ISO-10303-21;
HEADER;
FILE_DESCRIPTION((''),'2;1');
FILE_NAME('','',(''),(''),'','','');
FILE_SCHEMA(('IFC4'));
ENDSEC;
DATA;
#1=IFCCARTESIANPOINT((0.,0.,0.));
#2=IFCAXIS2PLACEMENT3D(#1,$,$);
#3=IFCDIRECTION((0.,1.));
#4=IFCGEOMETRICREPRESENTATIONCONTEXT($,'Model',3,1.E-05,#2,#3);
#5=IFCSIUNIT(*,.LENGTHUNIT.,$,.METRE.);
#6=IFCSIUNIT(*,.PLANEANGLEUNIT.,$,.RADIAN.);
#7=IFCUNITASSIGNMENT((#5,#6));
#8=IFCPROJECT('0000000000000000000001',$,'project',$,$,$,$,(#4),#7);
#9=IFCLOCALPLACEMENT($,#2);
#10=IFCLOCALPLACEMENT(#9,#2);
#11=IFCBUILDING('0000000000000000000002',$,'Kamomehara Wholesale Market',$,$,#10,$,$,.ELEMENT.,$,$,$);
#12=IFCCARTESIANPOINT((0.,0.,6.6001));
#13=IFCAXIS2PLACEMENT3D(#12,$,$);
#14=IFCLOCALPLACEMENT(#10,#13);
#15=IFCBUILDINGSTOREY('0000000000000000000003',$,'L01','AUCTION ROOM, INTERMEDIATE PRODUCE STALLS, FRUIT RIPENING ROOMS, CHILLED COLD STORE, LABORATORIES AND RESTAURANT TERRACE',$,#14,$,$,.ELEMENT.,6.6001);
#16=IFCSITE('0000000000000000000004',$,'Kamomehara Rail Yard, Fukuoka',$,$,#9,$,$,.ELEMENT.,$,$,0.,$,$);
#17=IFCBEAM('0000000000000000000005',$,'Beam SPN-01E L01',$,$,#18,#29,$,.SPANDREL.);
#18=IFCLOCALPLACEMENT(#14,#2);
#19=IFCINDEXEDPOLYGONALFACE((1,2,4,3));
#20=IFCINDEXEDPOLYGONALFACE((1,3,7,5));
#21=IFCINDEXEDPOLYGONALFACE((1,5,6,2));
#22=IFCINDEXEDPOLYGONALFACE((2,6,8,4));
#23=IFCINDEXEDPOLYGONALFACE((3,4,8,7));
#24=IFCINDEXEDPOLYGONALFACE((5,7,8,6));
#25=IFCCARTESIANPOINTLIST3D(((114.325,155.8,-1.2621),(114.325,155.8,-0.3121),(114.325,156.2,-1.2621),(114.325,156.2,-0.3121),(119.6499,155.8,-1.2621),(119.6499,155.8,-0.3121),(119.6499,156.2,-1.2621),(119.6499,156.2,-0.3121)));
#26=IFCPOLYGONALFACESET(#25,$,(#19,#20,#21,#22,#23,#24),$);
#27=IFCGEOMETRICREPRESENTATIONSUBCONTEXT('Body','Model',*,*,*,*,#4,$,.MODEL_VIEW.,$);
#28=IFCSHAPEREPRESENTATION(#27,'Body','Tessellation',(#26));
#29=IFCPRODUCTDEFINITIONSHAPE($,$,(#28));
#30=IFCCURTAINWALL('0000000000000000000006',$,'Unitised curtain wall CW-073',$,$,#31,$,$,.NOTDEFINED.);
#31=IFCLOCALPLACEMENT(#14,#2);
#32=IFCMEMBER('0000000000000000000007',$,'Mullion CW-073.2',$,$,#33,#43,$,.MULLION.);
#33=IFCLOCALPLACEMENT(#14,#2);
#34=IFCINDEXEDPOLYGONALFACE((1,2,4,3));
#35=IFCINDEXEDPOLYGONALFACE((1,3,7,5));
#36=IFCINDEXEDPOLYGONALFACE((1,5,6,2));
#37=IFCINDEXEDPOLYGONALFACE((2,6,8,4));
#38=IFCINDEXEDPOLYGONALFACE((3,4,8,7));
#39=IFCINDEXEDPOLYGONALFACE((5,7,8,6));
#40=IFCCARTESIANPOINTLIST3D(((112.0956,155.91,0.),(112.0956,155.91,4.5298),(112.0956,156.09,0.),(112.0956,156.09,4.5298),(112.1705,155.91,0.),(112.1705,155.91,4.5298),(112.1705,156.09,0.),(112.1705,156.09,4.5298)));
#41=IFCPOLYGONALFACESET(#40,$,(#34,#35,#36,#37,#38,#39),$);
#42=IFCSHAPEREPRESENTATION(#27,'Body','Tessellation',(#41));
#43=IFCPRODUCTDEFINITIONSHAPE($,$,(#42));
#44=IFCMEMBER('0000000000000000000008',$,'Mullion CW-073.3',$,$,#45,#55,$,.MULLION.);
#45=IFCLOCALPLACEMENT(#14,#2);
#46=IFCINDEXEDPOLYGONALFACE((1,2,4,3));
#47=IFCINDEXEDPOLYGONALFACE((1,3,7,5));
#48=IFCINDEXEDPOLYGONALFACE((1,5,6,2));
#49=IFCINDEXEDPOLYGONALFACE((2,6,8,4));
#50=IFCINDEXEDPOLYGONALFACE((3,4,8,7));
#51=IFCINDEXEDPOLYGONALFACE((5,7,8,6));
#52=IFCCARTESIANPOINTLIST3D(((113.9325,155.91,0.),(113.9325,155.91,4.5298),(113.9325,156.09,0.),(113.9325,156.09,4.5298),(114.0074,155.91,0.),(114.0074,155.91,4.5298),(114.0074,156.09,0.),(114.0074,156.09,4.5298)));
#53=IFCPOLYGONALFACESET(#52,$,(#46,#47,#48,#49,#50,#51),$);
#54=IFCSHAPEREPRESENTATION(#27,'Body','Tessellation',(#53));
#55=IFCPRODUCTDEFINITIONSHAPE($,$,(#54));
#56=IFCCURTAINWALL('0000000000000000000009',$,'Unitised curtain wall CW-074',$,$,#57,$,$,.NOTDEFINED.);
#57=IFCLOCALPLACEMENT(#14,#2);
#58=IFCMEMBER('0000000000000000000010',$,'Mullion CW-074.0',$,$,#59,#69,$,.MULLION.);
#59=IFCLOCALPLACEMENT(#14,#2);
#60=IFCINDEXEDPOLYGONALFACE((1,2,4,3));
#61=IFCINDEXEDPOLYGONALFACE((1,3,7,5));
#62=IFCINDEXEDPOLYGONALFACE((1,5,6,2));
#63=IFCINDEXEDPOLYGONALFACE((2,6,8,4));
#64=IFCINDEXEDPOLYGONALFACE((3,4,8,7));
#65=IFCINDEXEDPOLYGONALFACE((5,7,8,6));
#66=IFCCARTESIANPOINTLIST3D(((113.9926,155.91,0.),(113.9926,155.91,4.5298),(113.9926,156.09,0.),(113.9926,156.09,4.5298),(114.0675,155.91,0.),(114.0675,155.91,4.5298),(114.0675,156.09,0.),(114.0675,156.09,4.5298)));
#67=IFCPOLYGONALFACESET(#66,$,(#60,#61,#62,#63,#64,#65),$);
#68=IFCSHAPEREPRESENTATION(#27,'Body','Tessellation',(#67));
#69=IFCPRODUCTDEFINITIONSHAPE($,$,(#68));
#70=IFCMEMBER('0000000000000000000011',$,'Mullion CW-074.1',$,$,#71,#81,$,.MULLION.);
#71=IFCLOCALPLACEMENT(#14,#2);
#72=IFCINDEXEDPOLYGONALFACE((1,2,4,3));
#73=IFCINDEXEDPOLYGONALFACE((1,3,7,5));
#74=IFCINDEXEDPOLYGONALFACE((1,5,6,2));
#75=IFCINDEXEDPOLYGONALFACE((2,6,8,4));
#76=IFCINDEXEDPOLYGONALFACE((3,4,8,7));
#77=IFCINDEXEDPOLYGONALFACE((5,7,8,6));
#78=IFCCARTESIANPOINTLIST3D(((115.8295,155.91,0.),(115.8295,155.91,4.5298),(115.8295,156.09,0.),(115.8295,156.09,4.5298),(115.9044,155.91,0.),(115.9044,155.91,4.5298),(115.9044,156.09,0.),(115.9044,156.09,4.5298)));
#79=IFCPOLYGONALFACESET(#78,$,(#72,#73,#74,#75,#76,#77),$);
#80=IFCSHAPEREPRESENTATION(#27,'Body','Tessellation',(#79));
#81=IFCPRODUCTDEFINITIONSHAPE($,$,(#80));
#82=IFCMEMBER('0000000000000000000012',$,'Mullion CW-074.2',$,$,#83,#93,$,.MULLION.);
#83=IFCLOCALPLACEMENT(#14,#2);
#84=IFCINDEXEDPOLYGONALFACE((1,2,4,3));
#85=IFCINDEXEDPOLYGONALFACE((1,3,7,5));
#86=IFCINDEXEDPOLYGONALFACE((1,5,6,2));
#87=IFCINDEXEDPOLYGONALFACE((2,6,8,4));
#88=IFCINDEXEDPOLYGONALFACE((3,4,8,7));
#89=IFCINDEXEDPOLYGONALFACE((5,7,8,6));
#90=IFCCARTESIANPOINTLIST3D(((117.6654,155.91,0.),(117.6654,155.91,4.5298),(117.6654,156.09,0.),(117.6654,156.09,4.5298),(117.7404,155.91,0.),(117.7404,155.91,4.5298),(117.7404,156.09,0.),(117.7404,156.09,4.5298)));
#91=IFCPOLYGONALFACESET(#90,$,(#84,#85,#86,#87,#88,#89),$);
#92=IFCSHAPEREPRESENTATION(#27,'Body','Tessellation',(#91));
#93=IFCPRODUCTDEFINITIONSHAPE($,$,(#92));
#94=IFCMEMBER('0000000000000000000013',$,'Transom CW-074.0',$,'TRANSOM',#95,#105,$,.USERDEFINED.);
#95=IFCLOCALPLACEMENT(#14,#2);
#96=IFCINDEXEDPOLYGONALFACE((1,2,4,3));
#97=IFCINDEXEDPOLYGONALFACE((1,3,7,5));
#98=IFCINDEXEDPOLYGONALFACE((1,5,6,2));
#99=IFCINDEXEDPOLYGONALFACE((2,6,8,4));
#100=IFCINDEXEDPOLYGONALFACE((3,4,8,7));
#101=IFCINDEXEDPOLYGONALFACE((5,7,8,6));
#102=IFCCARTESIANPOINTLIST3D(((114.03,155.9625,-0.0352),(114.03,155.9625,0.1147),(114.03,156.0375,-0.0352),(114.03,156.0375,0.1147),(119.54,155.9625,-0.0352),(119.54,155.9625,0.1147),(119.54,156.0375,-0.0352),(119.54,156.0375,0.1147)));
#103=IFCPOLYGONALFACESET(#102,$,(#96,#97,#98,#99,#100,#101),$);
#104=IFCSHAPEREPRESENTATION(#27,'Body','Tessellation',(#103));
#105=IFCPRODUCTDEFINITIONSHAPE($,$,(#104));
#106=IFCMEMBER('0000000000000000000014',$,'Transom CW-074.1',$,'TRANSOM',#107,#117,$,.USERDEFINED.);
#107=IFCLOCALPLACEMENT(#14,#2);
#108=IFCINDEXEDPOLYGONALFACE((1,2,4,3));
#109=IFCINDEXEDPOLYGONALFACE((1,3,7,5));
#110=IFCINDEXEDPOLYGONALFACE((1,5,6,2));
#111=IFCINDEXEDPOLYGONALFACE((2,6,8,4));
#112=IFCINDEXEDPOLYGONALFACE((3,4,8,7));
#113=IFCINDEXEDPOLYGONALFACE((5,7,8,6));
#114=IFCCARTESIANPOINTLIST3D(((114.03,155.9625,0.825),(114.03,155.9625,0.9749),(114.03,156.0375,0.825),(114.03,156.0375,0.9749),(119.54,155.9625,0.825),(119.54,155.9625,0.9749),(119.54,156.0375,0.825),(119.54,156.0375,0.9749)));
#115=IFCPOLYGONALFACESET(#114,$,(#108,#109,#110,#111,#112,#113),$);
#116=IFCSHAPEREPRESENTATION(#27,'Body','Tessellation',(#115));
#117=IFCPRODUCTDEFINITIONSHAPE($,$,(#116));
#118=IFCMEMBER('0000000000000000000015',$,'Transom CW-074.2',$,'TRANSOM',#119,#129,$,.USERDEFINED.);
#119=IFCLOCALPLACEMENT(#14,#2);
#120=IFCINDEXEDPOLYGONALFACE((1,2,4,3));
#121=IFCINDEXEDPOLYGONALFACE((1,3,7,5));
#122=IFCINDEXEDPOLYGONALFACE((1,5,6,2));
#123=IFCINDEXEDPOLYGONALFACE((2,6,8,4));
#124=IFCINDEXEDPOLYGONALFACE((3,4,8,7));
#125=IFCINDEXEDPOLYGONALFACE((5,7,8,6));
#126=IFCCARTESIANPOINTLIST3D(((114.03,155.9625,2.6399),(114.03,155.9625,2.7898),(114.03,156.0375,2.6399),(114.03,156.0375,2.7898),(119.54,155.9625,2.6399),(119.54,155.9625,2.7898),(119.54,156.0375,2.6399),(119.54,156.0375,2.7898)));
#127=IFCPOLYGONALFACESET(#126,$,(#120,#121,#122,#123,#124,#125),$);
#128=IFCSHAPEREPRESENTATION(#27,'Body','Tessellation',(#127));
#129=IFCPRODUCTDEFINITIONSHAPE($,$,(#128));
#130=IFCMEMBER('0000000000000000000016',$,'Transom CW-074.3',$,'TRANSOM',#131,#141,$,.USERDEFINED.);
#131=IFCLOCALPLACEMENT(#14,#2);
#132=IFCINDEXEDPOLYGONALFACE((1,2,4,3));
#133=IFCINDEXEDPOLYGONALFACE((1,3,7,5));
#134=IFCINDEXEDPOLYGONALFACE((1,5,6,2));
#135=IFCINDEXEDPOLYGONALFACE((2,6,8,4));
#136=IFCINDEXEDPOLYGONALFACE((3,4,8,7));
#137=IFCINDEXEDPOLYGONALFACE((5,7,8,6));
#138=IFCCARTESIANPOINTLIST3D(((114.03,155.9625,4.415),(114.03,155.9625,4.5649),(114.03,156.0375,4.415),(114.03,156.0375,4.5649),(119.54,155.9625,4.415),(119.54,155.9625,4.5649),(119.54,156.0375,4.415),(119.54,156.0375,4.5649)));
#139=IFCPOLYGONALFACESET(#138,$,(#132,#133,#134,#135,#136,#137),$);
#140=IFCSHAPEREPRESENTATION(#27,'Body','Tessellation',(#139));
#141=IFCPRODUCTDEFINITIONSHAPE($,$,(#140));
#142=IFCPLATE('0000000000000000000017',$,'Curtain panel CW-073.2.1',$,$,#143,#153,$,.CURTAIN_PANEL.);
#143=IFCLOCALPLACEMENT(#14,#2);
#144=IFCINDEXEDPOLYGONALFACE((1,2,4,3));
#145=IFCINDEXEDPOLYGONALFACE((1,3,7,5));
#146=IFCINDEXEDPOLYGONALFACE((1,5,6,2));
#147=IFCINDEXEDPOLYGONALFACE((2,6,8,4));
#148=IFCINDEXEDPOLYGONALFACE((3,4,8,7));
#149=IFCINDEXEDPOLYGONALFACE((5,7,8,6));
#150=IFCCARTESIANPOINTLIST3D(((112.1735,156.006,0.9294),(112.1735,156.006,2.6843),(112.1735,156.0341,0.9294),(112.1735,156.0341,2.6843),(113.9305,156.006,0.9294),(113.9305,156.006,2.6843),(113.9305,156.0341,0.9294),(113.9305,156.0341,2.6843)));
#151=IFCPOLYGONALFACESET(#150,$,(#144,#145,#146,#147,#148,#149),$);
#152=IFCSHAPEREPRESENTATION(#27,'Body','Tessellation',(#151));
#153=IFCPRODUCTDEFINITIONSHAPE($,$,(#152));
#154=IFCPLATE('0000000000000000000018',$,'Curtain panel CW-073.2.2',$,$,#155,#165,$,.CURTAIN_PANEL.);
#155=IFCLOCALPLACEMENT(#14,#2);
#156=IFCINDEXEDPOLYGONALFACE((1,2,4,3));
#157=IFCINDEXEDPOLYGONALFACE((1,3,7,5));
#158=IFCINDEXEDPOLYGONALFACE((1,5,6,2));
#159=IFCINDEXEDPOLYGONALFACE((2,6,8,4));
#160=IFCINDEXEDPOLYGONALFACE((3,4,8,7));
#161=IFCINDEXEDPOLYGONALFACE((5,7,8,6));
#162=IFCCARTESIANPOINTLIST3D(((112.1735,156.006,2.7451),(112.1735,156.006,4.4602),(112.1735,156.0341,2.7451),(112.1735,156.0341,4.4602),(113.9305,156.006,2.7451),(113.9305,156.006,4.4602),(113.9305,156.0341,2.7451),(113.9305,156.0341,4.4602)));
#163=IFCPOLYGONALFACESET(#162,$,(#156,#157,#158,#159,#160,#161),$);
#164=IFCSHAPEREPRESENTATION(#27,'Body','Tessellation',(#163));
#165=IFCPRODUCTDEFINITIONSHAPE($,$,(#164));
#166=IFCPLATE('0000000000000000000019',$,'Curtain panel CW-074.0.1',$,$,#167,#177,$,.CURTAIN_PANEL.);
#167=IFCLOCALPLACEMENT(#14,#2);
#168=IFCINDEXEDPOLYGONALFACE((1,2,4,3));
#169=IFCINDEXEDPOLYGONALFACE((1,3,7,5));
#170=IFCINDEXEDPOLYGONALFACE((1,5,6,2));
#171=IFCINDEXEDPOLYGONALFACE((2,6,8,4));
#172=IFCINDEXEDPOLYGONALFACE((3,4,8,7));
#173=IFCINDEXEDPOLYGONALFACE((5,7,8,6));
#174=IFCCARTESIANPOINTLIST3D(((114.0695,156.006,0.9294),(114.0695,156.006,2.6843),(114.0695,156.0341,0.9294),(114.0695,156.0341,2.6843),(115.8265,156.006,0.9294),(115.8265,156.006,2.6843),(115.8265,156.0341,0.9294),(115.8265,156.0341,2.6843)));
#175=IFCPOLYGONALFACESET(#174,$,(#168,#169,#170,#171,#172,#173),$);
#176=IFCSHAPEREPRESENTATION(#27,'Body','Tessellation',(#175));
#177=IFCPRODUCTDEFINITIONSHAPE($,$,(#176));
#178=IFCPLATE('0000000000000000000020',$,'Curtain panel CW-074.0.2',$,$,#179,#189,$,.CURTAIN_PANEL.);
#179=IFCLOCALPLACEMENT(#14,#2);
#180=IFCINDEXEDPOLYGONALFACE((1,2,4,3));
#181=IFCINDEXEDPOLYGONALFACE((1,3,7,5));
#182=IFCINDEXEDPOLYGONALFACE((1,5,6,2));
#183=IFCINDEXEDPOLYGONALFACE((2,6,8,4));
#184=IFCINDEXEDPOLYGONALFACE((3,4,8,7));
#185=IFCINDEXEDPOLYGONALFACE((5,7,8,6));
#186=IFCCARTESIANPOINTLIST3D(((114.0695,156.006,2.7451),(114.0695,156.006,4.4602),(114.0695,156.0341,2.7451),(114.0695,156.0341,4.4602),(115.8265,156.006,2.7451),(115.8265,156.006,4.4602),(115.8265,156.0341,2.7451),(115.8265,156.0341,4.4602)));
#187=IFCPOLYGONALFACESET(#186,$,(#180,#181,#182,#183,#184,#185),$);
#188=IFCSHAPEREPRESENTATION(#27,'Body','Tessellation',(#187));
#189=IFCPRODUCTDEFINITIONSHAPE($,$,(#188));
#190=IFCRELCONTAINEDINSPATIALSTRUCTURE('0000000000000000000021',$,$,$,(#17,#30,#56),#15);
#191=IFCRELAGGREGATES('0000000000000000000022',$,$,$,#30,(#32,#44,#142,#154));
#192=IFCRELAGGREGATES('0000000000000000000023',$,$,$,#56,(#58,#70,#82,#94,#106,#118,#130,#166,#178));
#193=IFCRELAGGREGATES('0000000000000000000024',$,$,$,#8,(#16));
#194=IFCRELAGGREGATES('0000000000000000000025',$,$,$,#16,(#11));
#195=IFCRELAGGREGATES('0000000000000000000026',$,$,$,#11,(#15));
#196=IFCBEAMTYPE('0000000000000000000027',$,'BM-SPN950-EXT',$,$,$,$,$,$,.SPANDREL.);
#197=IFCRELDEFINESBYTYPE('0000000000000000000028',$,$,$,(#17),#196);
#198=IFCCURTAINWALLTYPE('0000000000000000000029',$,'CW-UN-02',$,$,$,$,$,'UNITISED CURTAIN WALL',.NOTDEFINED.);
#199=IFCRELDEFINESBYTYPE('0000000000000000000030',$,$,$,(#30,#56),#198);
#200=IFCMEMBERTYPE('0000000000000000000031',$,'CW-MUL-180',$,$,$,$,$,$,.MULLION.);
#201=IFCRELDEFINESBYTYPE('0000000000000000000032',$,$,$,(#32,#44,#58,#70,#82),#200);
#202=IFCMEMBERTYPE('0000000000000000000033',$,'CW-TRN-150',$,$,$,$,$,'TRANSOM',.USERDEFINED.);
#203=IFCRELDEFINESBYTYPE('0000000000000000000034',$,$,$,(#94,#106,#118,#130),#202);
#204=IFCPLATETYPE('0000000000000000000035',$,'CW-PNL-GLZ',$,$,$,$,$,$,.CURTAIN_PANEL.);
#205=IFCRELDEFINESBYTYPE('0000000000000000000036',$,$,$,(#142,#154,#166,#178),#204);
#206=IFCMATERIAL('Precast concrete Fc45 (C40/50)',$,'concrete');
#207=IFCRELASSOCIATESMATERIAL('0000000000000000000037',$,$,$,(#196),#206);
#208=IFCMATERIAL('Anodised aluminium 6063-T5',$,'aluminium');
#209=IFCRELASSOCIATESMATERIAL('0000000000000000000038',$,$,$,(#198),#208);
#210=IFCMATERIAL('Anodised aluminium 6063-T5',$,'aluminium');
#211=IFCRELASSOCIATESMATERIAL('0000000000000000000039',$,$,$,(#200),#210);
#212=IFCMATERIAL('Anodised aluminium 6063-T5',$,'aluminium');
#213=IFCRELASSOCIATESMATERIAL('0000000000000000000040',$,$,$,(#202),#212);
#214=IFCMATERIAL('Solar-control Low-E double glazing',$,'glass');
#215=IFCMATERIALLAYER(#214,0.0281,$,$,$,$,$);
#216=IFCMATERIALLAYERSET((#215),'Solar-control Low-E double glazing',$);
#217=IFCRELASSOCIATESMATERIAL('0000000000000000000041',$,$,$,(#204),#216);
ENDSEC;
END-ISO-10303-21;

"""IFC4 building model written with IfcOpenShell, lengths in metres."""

from ifc_helpers import new_model, si_unit, direction, frame, origin, origin_2d, place, context, subcontext, project, spatial, rectangle, extrude, material, layer, layer_set, material_profile, profile_set, type_object, element, aggregate, save


model = new_model("IFC4")

# Units and contexts
model_context = context("Model", 3, precision=1e-05, world=origin(), true_north=direction((0.0, 1.0)))
body_context = subcontext(model_context, "Body", "Model", "MODEL_VIEW")
ifc_project = project(units=[si_unit("LENGTHUNIT", "METRE"), si_unit("PLANEANGLEUNIT", "RADIAN")], contexts=[model_context])

# Site, building, storey
site_placement = place(None, origin())
site = spatial("IfcSite", under=ifc_project, at=site_placement, Name="Kamomehara Rail Yard, Fukuoka", CompositionType="ELEMENT", RefElevation=0.0)
building_placement = place(site_placement, origin())
building = spatial("IfcBuilding", under=site, at=building_placement, Name="Kamomehara Wholesale Market", CompositionType="ELEMENT")
storey_placement = place(building_placement, frame((0.0, 0.0, 6.6001)))
storey = spatial("IfcBuildingStorey", under=building, at=storey_placement, Name="L01", Description="AUCTION ROOM, INTERMEDIATE PRODUCE STALLS, FRUIT RIPENING ROOMS, CHILLED COLD STORE, LABORATORIES AND RESTAURANT TERRACE", CompositionType="ELEMENT", Elevation=6.6001)

# Beam
ifc_material_1 = material(Name="Precast concrete Fc45 (C40/50)", Category="concrete")
ifc_material_profile_1 = material_profile(ifc_material_1, rectangle(XDim=0.3999, YDim=0.95, at=origin_2d()), Name="PC-SPN-400x950")
ifc_profile_set_1 = profile_set([ifc_material_profile_1], Name="Precast concrete Fc45 (C40/50)")
beam_type = type_object("IfcBeamType", Name="BM-SPN950-EXT", PredefinedType="SPANDREL", material=ifc_profile_set_1)
beam_placement = place(storey_placement, frame((114.325, 156.0, -0.7871), z_axis=(1.0, 0.0, 0.0), x_axis=(0.0, 1.0, 0.0)))
element("IfcBeam", 1, at=beam_placement, inside=storey, type_object=beam_type, Name="Beam SPN-01E L01", PredefinedType="SPANDREL", context=body_context, shape_type="SweptSolid", body=[
    extrude(rectangle(XDim=0.3999, YDim=0.95, at=origin_2d()), origin(), (0.0, 0.0, 1.0), 5.325),
])

# Curtain walls, members
ifc_material_2 = material(Name="Anodised aluminium 6063-T5", Category="aluminium")
curtain_wall_type = type_object("IfcCurtainWallType", Name="CW-UN-02", ElementType="UNITISED CURTAIN WALL", PredefinedType="NOTDEFINED", material=ifc_material_2)
curtain_wall_1_placement = place(storey_placement, origin())
curtain_wall_1 = element("IfcCurtainWall", 2, at=curtain_wall_1_placement, inside=storey, type_object=curtain_wall_type, Name="Unitised curtain wall CW-073", PredefinedType="NOTDEFINED")
ifc_material_3 = material(Name="Anodised aluminium 6063-T5", Category="aluminium")
ifc_material_profile_2 = material_profile(ifc_material_3, rectangle(XDim=0.075, YDim=0.1799, at=origin_2d()), Name="ALU-MUL-75x180")
ifc_profile_set_2 = profile_set([ifc_material_profile_2], Name="Anodised aluminium 6063-T5")
member_type_1 = type_object("IfcMemberType", Name="CW-MUL-180", PredefinedType="MULLION", material=ifc_profile_set_2)
member_1_placement = place(storey_placement, frame((112.1331, 156.0, 0.0), z_axis=(0.0, 0.0, 1.0), x_axis=(1.0, 0.0, 0.0)))
member_1 = element("IfcMember", 3, at=member_1_placement, type_object=member_type_1, Name="Mullion CW-073.2", PredefinedType="MULLION", context=body_context, shape_type="SweptSolid", body=[
    extrude(rectangle(XDim=0.075, YDim=0.1799, at=origin_2d()), origin(), (0.0, 0.0, 1.0), 4.5298),
])
member_2_placement = place(storey_placement, frame((113.97, 156.0, 0.0), z_axis=(0.0, 0.0, 1.0), x_axis=(1.0, 0.0, 0.0)))
member_2 = element("IfcMember", 4, at=member_2_placement, type_object=member_type_1, Name="Mullion CW-073.3", PredefinedType="MULLION", context=body_context, shape_type="SweptSolid", body=[
    extrude(rectangle(XDim=0.075, YDim=0.1799, at=origin_2d()), origin(), (0.0, 0.0, 1.0), 4.5298),
])
curtain_wall_2_placement = place(storey_placement, origin())
curtain_wall_2 = element("IfcCurtainWall", 5, at=curtain_wall_2_placement, inside=storey, type_object=curtain_wall_type, Name="Unitised curtain wall CW-074", PredefinedType="NOTDEFINED")
member_3_placement = place(storey_placement, frame((114.03, 156.0, 0.0), z_axis=(0.0, 0.0, 1.0), x_axis=(1.0, 0.0, 0.0)))
member_3 = element("IfcMember", 6, at=member_3_placement, type_object=member_type_1, Name="Mullion CW-074.0", PredefinedType="MULLION", context=body_context, shape_type="SweptSolid", body=[
    extrude(rectangle(XDim=0.075, YDim=0.1799, at=origin_2d()), origin(), (0.0, 0.0, 1.0), 4.5298),
])
member_4_placement = place(storey_placement, frame((115.8669, 156.0, 0.0), z_axis=(0.0, 0.0, 1.0), x_axis=(1.0, 0.0, 0.0)))
member_4 = element("IfcMember", 7, at=member_4_placement, type_object=member_type_1, Name="Mullion CW-074.1", PredefinedType="MULLION", context=body_context, shape_type="SweptSolid", body=[
    extrude(rectangle(XDim=0.075, YDim=0.1799, at=origin_2d()), origin(), (0.0, 0.0, 1.0), 4.5298),
])
member_5_placement = place(storey_placement, frame((117.7029, 156.0, 0.0), z_axis=(0.0, 0.0, 1.0), x_axis=(1.0, 0.0, 0.0)))
member_5 = element("IfcMember", 8, at=member_5_placement, type_object=member_type_1, Name="Mullion CW-074.2", PredefinedType="MULLION", context=body_context, shape_type="SweptSolid", body=[
    extrude(rectangle(XDim=0.075, YDim=0.1799, at=origin_2d()), origin(), (0.0, 0.0, 1.0), 4.5298),
])
ifc_material_4 = material(Name="Anodised aluminium 6063-T5", Category="aluminium")
ifc_material_profile_3 = material_profile(ifc_material_4, rectangle(XDim=0.075, YDim=0.1499, at=origin_2d()), Name="ALU-TRN-75x150")
ifc_profile_set_3 = profile_set([ifc_material_profile_3], Name="Anodised aluminium 6063-T5")
member_type_2 = type_object("IfcMemberType", Name="CW-TRN-150", ElementType="TRANSOM", PredefinedType="USERDEFINED", material=ifc_profile_set_3)
member_6_placement = place(storey_placement, frame((114.03, 156.0, 0.0398), z_axis=(1.0, 0.0, 0.0), x_axis=(0.0, 1.0, 0.0)))
member_6 = element("IfcMember", 9, at=member_6_placement, type_object=member_type_2, Name="Transom CW-074.0", ObjectType="TRANSOM", PredefinedType="USERDEFINED", context=body_context, shape_type="SweptSolid", body=[
    extrude(rectangle(XDim=0.075, YDim=0.1499, at=origin_2d()), origin(), (0.0, 0.0, 1.0), 5.51),
])
member_7_placement = place(storey_placement, frame((114.03, 156.0, 0.8999), z_axis=(1.0, 0.0, 0.0), x_axis=(0.0, 1.0, 0.0)))
member_7 = element("IfcMember", 10, at=member_7_placement, type_object=member_type_2, Name="Transom CW-074.1", ObjectType="TRANSOM", PredefinedType="USERDEFINED", context=body_context, shape_type="SweptSolid", body=[
    extrude(rectangle(XDim=0.075, YDim=0.1499, at=origin_2d()), origin(), (0.0, 0.0, 1.0), 5.51),
])
member_8_placement = place(storey_placement, frame((114.03, 156.0, 2.7148), z_axis=(1.0, 0.0, 0.0), x_axis=(0.0, 1.0, 0.0)))
member_8 = element("IfcMember", 11, at=member_8_placement, type_object=member_type_2, Name="Transom CW-074.2", ObjectType="TRANSOM", PredefinedType="USERDEFINED", context=body_context, shape_type="SweptSolid", body=[
    extrude(rectangle(XDim=0.075, YDim=0.1499, at=origin_2d()), origin(), (0.0, 0.0, 1.0), 5.51),
])
member_9_placement = place(storey_placement, frame((114.03, 156.0, 4.49), z_axis=(1.0, 0.0, 0.0), x_axis=(0.0, 1.0, 0.0)))
member_9 = element("IfcMember", 12, at=member_9_placement, type_object=member_type_2, Name="Transom CW-074.3", ObjectType="TRANSOM", PredefinedType="USERDEFINED", context=body_context, shape_type="SweptSolid", body=[
    extrude(rectangle(XDim=0.075, YDim=0.1499, at=origin_2d()), origin(), (0.0, 0.0, 1.0), 5.51),
])

# Plates
ifc_material_5 = material(Name="Solar-control Low-E double glazing", Category="glass")
ifc_layer_1 = layer(ifc_material_5, 0.0281)
ifc_layer_set_1 = layer_set([ifc_layer_1], Name="Solar-control Low-E double glazing")
plate_type_1 = type_object("IfcPlateType", Name="CW-PNL-GLZ", PredefinedType="CURTAIN_PANEL", material=ifc_layer_set_1)
plate_1_placement = place(storey_placement, frame((113.052, 156.02, 0.9294), z_axis=(0.0, 0.0, 1.0), x_axis=(1.0, 0.0, 0.0)))
plate_1 = element("IfcPlate", 13, at=plate_1_placement, type_object=plate_type_1, Name="Curtain panel CW-073.2.1", PredefinedType="CURTAIN_PANEL", context=body_context, shape_type="SweptSolid", body=[
    extrude(rectangle(XDim=1.7571, YDim=0.0281, at=origin_2d()), origin(), (0.0, 0.0, 1.0), 1.7549),
])
plate_2_placement = place(storey_placement, frame((113.052, 156.02, 2.7451), z_axis=(0.0, 0.0, 1.0), x_axis=(1.0, 0.0, 0.0)))
plate_2 = element("IfcPlate", 14, at=plate_2_placement, type_object=plate_type_1, Name="Curtain panel CW-073.2.2", PredefinedType="CURTAIN_PANEL", context=body_context, shape_type="SweptSolid", body=[
    extrude(rectangle(XDim=1.7571, YDim=0.0281, at=origin_2d()), origin(), (0.0, 0.0, 1.0), 1.7151),
])
plate_3_placement = place(storey_placement, frame((114.948, 156.02, 0.9294), z_axis=(0.0, 0.0, 1.0), x_axis=(1.0, 0.0, 0.0)))
plate_3 = element("IfcPlate", 15, at=plate_3_placement, type_object=plate_type_1, Name="Curtain panel CW-074.0.1", PredefinedType="CURTAIN_PANEL", context=body_context, shape_type="SweptSolid", body=[
    extrude(rectangle(XDim=1.7571, YDim=0.0281, at=origin_2d()), origin(), (0.0, 0.0, 1.0), 1.7549),
])
plate_4_placement = place(storey_placement, frame((114.948, 156.02, 2.7451), z_axis=(0.0, 0.0, 1.0), x_axis=(1.0, 0.0, 0.0)))
plate_4 = element("IfcPlate", 16, at=plate_4_placement, type_object=plate_type_1, Name="Curtain panel CW-074.0.2", PredefinedType="CURTAIN_PANEL", context=body_context, shape_type="SweptSolid", body=[
    extrude(rectangle(XDim=1.7571, YDim=0.0281, at=origin_2d()), origin(), (0.0, 0.0, 1.0), 1.7151),
])
aggregate(curtain_wall_1, [member_1, member_2, plate_1, plate_2])
aggregate(curtain_wall_2, [member_3, member_4, member_5, member_6, member_7, member_8, member_9, plate_3, plate_4])

save(model, "model.ifc")
